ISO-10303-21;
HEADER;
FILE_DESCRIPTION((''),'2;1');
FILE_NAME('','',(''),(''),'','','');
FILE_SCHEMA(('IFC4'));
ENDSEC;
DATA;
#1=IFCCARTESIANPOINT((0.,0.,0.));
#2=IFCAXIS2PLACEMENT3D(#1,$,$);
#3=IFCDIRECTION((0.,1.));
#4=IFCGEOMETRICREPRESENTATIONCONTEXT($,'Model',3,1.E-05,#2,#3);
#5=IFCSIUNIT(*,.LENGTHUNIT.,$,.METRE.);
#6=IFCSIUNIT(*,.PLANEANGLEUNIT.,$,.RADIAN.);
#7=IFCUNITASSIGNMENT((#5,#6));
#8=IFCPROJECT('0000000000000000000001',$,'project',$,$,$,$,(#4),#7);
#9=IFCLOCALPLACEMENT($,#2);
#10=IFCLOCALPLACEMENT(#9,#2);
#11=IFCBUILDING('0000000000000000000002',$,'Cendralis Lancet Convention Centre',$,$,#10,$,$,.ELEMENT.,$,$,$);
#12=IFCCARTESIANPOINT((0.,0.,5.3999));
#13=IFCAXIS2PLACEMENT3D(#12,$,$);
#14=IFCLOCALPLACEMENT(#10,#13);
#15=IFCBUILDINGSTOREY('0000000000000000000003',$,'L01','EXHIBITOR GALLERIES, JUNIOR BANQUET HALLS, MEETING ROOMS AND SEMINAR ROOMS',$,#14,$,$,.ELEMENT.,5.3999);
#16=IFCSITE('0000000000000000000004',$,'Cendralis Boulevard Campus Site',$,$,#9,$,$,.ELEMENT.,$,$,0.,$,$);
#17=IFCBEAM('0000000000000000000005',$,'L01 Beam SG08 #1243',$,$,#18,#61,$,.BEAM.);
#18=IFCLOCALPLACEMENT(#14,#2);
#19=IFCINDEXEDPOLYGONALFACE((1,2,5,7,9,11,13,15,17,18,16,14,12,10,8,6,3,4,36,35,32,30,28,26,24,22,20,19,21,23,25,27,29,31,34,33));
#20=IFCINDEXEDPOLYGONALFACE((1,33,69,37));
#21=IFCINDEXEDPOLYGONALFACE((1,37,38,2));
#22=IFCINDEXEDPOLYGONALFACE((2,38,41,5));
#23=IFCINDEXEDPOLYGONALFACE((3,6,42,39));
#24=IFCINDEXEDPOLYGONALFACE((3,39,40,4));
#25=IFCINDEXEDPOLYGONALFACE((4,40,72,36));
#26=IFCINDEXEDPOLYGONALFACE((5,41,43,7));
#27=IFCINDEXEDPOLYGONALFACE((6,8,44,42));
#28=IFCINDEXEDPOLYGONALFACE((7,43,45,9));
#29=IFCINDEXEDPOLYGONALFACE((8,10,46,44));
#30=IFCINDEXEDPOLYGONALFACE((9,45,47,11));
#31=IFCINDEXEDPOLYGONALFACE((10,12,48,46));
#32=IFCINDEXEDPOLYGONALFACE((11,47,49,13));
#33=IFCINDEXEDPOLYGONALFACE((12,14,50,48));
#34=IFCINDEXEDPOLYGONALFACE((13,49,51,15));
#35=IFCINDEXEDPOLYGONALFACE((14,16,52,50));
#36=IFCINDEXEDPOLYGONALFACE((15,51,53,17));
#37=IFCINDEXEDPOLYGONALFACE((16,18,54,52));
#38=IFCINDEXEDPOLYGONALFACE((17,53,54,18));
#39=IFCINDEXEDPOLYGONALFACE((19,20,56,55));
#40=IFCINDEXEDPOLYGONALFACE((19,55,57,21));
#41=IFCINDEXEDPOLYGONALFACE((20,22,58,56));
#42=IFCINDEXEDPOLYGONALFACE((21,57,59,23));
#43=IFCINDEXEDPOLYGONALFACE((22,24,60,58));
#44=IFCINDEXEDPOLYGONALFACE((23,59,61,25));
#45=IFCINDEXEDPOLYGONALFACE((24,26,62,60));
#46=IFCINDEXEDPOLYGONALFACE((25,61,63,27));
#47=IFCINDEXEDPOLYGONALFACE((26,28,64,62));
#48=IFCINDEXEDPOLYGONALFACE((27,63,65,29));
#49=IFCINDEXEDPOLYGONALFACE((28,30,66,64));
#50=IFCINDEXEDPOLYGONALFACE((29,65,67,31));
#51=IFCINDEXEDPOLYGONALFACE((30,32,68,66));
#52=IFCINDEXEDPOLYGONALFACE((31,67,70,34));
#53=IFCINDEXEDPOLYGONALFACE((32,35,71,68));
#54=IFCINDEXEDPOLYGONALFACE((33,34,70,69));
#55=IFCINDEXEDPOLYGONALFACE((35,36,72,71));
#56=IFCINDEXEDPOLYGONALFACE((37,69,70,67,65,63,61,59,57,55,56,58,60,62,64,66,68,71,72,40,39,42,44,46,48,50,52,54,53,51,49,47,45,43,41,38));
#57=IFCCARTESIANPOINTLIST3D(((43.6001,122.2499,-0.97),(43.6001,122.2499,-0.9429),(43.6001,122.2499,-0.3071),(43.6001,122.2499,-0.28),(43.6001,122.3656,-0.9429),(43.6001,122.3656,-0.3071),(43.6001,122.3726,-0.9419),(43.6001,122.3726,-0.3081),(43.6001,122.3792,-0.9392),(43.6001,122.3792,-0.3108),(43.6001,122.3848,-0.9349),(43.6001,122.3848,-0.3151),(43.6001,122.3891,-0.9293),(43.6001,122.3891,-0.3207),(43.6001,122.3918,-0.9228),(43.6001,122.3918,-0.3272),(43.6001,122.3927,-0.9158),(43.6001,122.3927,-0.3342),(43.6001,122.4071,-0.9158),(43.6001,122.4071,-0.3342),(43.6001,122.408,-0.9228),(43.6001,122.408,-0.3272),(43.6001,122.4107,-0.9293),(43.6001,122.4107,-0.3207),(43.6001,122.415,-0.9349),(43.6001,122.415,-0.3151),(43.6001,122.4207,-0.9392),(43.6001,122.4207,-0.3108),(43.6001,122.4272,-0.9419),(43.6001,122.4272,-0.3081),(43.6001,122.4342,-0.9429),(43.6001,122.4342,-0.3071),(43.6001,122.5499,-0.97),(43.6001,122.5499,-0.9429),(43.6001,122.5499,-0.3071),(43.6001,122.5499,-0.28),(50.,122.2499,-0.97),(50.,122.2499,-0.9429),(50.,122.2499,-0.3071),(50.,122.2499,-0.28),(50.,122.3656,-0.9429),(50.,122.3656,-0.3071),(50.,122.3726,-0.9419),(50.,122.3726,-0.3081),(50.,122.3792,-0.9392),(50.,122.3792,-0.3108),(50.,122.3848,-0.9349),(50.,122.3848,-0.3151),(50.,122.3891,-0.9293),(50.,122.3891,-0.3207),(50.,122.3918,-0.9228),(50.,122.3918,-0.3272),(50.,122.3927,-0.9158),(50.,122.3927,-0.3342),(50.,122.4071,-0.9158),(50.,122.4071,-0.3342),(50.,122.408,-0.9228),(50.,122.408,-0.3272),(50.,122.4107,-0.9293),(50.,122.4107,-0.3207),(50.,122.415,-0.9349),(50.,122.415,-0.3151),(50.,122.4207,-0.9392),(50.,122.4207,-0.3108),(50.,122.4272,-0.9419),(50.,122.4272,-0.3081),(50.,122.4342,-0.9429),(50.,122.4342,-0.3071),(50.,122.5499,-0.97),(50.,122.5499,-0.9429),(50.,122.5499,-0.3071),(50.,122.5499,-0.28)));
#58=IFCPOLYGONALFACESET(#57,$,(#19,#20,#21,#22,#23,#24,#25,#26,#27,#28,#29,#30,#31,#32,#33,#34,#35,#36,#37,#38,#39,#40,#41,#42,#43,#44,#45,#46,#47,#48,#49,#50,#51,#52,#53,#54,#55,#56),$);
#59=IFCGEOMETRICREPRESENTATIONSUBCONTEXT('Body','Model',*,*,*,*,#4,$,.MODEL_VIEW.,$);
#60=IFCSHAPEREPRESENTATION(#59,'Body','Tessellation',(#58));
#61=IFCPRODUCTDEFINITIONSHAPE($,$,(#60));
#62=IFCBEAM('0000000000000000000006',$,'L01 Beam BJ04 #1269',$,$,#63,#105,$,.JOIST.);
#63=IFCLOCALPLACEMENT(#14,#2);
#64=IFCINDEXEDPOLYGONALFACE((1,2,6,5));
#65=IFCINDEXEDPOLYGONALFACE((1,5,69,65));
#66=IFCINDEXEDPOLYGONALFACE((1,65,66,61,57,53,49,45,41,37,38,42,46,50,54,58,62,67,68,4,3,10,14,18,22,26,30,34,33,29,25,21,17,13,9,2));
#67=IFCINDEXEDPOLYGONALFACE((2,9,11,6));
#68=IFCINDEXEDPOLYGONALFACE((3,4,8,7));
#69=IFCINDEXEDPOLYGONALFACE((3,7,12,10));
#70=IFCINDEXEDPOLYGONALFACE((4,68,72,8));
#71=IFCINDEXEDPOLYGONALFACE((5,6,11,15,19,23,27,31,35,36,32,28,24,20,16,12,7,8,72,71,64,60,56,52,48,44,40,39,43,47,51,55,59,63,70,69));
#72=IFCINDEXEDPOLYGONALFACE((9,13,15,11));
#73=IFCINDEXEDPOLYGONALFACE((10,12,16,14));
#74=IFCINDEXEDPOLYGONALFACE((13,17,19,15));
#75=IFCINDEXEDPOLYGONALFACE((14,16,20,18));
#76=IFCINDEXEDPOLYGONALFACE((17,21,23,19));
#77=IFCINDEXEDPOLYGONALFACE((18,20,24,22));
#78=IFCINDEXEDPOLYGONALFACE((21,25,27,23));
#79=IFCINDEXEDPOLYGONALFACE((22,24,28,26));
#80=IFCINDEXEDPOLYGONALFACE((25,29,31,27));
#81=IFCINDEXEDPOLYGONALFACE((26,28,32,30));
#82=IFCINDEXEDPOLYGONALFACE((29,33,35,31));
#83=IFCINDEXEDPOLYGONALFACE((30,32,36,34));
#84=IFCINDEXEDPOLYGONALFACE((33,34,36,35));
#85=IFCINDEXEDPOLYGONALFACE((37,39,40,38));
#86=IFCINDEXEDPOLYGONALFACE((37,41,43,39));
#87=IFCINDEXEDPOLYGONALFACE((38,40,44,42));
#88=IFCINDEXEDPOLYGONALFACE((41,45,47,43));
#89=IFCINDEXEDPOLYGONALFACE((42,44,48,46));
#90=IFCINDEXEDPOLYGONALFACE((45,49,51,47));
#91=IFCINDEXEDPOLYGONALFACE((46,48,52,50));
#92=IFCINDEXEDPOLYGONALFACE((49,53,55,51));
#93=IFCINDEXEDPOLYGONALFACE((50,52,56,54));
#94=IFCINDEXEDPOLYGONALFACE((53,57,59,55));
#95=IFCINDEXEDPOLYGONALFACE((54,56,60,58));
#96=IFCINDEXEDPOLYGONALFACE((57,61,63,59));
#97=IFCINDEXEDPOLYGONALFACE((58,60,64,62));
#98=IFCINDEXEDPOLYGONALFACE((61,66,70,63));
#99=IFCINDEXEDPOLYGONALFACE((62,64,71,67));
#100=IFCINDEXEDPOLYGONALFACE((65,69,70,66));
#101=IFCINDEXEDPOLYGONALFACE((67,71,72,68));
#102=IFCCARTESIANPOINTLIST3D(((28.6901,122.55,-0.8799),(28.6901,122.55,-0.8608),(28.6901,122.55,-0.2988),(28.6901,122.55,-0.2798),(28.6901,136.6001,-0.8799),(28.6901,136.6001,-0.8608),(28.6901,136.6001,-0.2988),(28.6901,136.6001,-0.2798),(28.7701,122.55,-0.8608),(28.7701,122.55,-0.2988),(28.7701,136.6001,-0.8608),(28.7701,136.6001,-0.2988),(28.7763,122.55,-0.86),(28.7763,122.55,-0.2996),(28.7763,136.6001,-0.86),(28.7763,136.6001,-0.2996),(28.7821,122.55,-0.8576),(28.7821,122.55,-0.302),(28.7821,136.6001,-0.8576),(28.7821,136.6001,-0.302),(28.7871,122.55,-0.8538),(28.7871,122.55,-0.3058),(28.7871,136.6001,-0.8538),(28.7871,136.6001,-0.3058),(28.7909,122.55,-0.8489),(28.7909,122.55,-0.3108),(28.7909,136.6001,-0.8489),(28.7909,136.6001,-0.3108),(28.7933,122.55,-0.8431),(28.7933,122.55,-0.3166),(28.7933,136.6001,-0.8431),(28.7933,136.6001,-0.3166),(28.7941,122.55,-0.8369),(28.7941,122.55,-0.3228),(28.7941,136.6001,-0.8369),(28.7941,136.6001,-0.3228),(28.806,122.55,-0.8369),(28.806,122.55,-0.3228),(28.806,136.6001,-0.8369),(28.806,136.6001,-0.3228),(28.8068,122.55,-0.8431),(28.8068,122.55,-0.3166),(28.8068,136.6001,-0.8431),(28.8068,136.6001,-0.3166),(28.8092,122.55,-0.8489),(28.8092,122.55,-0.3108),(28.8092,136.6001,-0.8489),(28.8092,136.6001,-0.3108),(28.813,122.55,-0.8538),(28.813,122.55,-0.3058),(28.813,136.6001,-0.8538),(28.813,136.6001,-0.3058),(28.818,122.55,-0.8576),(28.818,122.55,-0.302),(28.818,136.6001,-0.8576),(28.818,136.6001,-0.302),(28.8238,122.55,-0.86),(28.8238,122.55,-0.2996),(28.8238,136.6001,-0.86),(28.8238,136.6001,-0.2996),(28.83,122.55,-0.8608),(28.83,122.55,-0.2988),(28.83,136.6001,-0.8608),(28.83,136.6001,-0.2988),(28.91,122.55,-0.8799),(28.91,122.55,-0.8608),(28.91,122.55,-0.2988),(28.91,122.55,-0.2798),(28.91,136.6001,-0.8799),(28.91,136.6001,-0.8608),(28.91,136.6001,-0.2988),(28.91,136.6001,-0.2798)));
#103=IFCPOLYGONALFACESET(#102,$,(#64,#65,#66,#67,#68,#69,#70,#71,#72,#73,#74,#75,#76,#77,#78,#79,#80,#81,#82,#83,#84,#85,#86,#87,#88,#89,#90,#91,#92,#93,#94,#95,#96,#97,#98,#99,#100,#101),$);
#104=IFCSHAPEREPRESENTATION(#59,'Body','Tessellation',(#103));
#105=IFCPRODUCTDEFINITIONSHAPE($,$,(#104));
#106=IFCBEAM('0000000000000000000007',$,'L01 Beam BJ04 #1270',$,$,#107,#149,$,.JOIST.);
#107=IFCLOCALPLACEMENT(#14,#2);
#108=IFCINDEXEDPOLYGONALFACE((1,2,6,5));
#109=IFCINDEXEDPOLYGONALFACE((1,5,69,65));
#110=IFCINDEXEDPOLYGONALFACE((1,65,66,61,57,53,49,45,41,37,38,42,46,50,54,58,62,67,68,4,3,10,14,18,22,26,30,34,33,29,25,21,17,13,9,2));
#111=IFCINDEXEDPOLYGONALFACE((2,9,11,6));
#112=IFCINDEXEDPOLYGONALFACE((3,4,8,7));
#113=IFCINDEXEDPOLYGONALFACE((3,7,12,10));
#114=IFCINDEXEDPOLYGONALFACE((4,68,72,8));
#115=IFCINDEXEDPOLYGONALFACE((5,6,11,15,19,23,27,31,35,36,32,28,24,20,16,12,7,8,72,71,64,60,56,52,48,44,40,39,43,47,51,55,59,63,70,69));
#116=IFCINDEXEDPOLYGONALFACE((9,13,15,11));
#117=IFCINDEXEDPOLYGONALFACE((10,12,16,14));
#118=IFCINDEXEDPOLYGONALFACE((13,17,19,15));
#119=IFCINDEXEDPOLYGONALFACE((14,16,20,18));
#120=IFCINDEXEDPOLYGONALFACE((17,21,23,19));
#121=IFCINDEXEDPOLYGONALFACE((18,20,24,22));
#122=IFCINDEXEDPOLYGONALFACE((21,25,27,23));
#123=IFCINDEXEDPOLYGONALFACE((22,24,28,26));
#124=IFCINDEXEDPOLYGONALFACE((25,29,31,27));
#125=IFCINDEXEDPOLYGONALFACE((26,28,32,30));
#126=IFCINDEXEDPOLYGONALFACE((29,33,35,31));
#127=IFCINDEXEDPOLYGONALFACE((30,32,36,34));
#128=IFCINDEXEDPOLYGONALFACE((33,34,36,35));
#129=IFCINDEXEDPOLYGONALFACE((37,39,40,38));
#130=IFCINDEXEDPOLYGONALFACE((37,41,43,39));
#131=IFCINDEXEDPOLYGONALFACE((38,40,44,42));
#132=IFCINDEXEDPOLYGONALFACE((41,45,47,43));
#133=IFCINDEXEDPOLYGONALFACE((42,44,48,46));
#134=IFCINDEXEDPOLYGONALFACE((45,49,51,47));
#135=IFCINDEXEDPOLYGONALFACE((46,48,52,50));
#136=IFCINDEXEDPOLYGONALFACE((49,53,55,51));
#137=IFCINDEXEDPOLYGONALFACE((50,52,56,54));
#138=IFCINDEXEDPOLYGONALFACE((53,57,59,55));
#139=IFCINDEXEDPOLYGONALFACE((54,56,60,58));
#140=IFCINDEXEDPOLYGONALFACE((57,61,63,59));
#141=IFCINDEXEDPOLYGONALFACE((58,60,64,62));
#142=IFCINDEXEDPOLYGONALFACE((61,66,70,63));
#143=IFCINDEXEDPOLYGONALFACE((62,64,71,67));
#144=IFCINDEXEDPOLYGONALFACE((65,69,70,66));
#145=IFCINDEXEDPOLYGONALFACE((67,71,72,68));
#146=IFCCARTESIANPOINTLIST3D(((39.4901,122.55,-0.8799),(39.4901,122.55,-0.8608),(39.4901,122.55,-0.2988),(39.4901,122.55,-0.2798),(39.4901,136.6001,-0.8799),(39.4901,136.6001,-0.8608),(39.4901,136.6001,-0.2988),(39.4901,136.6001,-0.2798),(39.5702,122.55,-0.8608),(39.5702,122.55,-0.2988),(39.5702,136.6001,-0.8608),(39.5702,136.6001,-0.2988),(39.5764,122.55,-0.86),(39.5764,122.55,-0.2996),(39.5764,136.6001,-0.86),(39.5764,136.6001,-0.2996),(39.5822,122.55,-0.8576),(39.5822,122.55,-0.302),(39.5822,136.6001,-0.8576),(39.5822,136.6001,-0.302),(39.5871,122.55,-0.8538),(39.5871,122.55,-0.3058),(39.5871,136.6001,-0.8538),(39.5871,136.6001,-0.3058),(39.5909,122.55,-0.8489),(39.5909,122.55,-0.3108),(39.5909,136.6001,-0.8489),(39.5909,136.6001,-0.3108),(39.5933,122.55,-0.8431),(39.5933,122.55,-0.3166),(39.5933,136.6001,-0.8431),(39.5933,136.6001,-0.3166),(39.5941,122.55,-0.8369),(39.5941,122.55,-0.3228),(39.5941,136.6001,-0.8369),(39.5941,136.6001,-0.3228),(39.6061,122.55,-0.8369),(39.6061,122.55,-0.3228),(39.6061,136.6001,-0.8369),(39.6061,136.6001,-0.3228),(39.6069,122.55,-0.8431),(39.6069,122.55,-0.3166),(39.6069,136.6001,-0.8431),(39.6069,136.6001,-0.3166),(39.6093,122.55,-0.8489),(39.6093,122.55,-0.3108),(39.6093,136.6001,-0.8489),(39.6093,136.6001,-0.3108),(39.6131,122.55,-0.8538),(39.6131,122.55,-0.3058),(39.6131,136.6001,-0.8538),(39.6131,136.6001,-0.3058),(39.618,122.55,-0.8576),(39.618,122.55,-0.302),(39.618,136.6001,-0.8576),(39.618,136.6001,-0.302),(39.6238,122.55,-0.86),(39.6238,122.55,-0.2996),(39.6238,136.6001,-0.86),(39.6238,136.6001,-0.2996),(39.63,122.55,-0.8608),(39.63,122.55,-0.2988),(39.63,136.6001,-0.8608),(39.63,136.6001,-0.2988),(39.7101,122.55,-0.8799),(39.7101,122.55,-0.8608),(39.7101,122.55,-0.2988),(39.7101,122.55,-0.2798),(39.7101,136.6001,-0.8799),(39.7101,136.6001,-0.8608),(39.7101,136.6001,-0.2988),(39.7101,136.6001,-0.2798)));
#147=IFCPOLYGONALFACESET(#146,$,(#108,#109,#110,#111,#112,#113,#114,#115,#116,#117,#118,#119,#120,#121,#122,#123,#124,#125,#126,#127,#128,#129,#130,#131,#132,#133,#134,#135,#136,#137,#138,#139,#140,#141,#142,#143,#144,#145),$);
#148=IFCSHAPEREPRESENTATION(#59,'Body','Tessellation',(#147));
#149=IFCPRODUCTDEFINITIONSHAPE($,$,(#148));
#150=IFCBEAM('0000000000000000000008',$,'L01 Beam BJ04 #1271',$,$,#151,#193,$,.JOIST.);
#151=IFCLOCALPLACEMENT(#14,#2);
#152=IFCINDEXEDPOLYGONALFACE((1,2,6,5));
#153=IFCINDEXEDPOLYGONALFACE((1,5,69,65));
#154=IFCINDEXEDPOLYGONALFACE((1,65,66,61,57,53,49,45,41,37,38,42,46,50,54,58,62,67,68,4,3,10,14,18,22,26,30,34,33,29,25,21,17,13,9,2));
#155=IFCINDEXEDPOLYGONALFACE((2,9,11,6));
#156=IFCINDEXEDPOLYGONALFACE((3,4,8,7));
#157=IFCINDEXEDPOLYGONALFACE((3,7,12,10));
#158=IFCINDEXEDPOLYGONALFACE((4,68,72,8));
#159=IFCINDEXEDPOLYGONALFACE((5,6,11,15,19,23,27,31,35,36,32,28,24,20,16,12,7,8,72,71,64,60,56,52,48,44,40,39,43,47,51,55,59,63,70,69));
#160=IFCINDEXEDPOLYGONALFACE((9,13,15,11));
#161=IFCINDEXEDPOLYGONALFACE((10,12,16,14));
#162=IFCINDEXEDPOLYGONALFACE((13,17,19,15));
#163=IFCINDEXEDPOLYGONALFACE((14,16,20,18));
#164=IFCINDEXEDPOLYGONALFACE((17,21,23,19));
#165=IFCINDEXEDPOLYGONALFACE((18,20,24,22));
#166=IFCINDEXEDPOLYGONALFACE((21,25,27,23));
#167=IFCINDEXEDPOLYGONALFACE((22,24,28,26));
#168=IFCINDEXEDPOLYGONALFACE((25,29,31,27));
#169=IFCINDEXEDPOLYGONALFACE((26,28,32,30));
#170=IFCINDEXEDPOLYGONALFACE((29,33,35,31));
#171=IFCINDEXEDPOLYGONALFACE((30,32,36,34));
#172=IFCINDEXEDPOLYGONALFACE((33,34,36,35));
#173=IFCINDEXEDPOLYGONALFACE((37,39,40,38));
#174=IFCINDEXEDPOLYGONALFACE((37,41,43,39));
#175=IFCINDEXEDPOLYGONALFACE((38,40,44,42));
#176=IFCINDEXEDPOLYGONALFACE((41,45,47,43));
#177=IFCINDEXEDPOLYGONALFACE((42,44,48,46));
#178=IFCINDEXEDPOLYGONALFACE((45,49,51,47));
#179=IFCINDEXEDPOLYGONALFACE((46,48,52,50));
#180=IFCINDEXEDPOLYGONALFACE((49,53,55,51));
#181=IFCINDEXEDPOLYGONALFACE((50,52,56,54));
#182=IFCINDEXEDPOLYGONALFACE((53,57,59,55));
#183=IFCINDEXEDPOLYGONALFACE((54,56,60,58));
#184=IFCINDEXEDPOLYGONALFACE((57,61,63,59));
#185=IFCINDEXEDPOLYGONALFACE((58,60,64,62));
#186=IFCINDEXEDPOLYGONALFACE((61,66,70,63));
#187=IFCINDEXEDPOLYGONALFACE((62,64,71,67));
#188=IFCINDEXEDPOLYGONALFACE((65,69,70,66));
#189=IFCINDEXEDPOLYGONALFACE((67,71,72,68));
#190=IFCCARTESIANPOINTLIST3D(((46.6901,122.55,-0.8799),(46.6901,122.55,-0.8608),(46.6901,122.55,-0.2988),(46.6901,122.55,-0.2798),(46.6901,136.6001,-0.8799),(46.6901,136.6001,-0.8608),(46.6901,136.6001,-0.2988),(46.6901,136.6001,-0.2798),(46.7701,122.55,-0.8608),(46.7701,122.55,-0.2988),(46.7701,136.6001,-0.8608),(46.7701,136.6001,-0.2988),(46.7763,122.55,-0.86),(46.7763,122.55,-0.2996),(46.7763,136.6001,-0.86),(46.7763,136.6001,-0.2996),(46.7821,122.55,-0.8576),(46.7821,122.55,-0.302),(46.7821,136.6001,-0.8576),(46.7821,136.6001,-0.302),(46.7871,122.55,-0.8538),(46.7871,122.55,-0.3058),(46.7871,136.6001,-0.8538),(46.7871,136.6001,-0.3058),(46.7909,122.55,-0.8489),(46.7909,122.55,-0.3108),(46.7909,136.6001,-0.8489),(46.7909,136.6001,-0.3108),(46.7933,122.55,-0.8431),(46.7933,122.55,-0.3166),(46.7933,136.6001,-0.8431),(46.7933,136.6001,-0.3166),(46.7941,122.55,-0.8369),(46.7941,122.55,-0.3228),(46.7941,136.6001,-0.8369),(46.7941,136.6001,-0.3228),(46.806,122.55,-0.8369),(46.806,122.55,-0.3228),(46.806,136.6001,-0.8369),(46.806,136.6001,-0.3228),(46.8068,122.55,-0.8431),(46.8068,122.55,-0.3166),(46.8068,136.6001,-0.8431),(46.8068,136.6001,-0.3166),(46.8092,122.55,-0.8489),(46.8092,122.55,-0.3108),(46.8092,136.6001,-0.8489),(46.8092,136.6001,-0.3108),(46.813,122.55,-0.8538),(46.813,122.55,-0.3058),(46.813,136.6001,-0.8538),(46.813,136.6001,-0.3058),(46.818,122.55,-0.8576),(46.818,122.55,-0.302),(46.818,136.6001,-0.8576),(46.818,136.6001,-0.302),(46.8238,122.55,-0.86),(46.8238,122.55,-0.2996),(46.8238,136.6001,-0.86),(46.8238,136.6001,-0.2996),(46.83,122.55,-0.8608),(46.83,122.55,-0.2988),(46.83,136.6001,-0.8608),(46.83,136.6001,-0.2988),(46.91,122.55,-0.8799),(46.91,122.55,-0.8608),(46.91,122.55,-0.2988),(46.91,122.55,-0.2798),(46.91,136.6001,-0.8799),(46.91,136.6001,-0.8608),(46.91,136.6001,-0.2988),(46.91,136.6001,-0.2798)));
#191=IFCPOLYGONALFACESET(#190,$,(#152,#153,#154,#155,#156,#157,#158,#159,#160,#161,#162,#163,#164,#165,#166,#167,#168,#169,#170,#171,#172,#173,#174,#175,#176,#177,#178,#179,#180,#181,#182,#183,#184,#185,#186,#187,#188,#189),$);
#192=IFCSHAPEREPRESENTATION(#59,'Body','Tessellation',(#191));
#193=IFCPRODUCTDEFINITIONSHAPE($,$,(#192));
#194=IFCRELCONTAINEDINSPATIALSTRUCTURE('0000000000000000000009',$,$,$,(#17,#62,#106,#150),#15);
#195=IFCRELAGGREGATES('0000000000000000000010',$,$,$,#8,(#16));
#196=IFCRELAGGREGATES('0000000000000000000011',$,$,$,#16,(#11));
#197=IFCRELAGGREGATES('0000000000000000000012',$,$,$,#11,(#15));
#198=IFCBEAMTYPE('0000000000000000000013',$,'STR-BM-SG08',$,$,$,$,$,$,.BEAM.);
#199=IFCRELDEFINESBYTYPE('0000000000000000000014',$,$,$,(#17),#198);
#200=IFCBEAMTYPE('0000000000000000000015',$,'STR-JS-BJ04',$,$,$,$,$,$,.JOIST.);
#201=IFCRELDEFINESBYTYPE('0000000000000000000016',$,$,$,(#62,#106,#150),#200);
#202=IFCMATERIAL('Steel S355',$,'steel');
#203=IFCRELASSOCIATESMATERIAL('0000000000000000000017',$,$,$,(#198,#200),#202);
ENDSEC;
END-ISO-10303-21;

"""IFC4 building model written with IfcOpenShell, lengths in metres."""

from ifc_helpers import new_model, si_unit, direction, frame, origin, origin_2d, place, context, subcontext, project, spatial, i_section, extrude, material, material_profile, profile_set, type_object, element, save


model = new_model("IFC4")

# Units and contexts
model_context = context("Model", 3, precision=1e-05, world=origin(), true_north=direction((0.0, 1.0)))
body_context = subcontext(model_context, "Body", "Model", "MODEL_VIEW")
ifc_project = project(units=[si_unit("LENGTHUNIT", "METRE"), si_unit("PLANEANGLEUNIT", "RADIAN")], contexts=[model_context])

# Site, building, storey
site_placement = place(None, origin())
site = spatial("IfcSite", under=ifc_project, at=site_placement, Name="Cendralis Boulevard Campus Site", CompositionType="ELEMENT", RefElevation=0.0)
building_placement = place(site_placement, origin())
building = spatial("IfcBuilding", under=site, at=building_placement, Name="Cendralis Lancet Convention Centre", CompositionType="ELEMENT")
storey_placement = place(building_placement, frame((0.0, 0.0, 5.3999)))
storey = spatial("IfcBuildingStorey", under=building, at=storey_placement, Name="L01", Description="EXHIBITOR GALLERIES, JUNIOR BANQUET HALLS, MEETING ROOMS AND SEMINAR ROOMS", CompositionType="ELEMENT", Elevation=5.3999)

# Beams
ifc_material_1 = material(Name="Steel S355", Category="steel")
ifc_material_profile_1 = material_profile(ifc_material_1, i_section(OverallWidth=0.3, OverallDepth=0.6899, WebThickness=0.0144, FlangeThickness=0.0271, FilletRadius=0.0271, at=origin_2d()), Name="HEA 700")
ifc_profile_set_1 = profile_set([ifc_material_profile_1], Name="Steel S355")
beam_type_1 = type_object("IfcBeamType", Name="STR-BM-SG08", PredefinedType="BEAM", material=ifc_profile_set_1)
beam_1_placement = place(storey_placement, frame((43.6001, 122.3999, -0.625), z_axis=(1.0, 0.0, 0.0), x_axis=(0.0, 1.0, 0.0)))
element("IfcBeam", 1, at=beam_1_placement, inside=storey, type_object=beam_type_1, Name="L01 Beam SG08 #1243", PredefinedType="BEAM", context=body_context, shape_type="SweptSolid", body=[
    extrude(i_section(OverallWidth=0.3, OverallDepth=0.6899, WebThickness=0.0144, FlangeThickness=0.0271, FilletRadius=0.0271, at=origin_2d()), origin(), (0.0, 0.0, 1.0), 6.3999),
])
ifc_material_profile_2 = material_profile(ifc_material_1, i_section(OverallWidth=0.22, OverallDepth=0.6001, WebThickness=0.012, FlangeThickness=0.019, FilletRadius=0.0239, at=origin_2d()), Name="IPE 600")
ifc_profile_set_2 = profile_set([ifc_material_profile_2], Name="Steel S355")
beam_type_2 = type_object("IfcBeamType", Name="STR-JS-BJ04", PredefinedType="JOIST", material=ifc_profile_set_2)
for number, where, z_axis, x_axis, name in (
    (2, (28.8, 122.55, -0.5798), (0.0, 1.0, 0.0), (-1.0, 0.0, 0.0), "L01 Beam BJ04 #1269"),
    (3, (39.6001, 122.55, -0.5798), (0.0, 1.0, 0.0), (-1.0, 0.0, 0.0), "L01 Beam BJ04 #1270"),
    (4, (46.8, 122.55, -0.5798), (0.0, 1.0, 0.0), (-1.0, 0.0, 0.0), "L01 Beam BJ04 #1271"),
):
    element("IfcBeam", number, at=place(storey_placement, frame(where, z_axis=z_axis, x_axis=x_axis)), inside=storey, type_object=beam_type_2, Name=name, PredefinedType="JOIST", context=body_context, shape_type="SweptSolid", body=[
        extrude(i_section(OverallWidth=0.22, OverallDepth=0.6001, WebThickness=0.012, FlangeThickness=0.019, FilletRadius=0.0239, at=origin_2d()), origin(), (0.0, 0.0, 1.0), 14.05),
    ])

save(model, "model.ifc")
